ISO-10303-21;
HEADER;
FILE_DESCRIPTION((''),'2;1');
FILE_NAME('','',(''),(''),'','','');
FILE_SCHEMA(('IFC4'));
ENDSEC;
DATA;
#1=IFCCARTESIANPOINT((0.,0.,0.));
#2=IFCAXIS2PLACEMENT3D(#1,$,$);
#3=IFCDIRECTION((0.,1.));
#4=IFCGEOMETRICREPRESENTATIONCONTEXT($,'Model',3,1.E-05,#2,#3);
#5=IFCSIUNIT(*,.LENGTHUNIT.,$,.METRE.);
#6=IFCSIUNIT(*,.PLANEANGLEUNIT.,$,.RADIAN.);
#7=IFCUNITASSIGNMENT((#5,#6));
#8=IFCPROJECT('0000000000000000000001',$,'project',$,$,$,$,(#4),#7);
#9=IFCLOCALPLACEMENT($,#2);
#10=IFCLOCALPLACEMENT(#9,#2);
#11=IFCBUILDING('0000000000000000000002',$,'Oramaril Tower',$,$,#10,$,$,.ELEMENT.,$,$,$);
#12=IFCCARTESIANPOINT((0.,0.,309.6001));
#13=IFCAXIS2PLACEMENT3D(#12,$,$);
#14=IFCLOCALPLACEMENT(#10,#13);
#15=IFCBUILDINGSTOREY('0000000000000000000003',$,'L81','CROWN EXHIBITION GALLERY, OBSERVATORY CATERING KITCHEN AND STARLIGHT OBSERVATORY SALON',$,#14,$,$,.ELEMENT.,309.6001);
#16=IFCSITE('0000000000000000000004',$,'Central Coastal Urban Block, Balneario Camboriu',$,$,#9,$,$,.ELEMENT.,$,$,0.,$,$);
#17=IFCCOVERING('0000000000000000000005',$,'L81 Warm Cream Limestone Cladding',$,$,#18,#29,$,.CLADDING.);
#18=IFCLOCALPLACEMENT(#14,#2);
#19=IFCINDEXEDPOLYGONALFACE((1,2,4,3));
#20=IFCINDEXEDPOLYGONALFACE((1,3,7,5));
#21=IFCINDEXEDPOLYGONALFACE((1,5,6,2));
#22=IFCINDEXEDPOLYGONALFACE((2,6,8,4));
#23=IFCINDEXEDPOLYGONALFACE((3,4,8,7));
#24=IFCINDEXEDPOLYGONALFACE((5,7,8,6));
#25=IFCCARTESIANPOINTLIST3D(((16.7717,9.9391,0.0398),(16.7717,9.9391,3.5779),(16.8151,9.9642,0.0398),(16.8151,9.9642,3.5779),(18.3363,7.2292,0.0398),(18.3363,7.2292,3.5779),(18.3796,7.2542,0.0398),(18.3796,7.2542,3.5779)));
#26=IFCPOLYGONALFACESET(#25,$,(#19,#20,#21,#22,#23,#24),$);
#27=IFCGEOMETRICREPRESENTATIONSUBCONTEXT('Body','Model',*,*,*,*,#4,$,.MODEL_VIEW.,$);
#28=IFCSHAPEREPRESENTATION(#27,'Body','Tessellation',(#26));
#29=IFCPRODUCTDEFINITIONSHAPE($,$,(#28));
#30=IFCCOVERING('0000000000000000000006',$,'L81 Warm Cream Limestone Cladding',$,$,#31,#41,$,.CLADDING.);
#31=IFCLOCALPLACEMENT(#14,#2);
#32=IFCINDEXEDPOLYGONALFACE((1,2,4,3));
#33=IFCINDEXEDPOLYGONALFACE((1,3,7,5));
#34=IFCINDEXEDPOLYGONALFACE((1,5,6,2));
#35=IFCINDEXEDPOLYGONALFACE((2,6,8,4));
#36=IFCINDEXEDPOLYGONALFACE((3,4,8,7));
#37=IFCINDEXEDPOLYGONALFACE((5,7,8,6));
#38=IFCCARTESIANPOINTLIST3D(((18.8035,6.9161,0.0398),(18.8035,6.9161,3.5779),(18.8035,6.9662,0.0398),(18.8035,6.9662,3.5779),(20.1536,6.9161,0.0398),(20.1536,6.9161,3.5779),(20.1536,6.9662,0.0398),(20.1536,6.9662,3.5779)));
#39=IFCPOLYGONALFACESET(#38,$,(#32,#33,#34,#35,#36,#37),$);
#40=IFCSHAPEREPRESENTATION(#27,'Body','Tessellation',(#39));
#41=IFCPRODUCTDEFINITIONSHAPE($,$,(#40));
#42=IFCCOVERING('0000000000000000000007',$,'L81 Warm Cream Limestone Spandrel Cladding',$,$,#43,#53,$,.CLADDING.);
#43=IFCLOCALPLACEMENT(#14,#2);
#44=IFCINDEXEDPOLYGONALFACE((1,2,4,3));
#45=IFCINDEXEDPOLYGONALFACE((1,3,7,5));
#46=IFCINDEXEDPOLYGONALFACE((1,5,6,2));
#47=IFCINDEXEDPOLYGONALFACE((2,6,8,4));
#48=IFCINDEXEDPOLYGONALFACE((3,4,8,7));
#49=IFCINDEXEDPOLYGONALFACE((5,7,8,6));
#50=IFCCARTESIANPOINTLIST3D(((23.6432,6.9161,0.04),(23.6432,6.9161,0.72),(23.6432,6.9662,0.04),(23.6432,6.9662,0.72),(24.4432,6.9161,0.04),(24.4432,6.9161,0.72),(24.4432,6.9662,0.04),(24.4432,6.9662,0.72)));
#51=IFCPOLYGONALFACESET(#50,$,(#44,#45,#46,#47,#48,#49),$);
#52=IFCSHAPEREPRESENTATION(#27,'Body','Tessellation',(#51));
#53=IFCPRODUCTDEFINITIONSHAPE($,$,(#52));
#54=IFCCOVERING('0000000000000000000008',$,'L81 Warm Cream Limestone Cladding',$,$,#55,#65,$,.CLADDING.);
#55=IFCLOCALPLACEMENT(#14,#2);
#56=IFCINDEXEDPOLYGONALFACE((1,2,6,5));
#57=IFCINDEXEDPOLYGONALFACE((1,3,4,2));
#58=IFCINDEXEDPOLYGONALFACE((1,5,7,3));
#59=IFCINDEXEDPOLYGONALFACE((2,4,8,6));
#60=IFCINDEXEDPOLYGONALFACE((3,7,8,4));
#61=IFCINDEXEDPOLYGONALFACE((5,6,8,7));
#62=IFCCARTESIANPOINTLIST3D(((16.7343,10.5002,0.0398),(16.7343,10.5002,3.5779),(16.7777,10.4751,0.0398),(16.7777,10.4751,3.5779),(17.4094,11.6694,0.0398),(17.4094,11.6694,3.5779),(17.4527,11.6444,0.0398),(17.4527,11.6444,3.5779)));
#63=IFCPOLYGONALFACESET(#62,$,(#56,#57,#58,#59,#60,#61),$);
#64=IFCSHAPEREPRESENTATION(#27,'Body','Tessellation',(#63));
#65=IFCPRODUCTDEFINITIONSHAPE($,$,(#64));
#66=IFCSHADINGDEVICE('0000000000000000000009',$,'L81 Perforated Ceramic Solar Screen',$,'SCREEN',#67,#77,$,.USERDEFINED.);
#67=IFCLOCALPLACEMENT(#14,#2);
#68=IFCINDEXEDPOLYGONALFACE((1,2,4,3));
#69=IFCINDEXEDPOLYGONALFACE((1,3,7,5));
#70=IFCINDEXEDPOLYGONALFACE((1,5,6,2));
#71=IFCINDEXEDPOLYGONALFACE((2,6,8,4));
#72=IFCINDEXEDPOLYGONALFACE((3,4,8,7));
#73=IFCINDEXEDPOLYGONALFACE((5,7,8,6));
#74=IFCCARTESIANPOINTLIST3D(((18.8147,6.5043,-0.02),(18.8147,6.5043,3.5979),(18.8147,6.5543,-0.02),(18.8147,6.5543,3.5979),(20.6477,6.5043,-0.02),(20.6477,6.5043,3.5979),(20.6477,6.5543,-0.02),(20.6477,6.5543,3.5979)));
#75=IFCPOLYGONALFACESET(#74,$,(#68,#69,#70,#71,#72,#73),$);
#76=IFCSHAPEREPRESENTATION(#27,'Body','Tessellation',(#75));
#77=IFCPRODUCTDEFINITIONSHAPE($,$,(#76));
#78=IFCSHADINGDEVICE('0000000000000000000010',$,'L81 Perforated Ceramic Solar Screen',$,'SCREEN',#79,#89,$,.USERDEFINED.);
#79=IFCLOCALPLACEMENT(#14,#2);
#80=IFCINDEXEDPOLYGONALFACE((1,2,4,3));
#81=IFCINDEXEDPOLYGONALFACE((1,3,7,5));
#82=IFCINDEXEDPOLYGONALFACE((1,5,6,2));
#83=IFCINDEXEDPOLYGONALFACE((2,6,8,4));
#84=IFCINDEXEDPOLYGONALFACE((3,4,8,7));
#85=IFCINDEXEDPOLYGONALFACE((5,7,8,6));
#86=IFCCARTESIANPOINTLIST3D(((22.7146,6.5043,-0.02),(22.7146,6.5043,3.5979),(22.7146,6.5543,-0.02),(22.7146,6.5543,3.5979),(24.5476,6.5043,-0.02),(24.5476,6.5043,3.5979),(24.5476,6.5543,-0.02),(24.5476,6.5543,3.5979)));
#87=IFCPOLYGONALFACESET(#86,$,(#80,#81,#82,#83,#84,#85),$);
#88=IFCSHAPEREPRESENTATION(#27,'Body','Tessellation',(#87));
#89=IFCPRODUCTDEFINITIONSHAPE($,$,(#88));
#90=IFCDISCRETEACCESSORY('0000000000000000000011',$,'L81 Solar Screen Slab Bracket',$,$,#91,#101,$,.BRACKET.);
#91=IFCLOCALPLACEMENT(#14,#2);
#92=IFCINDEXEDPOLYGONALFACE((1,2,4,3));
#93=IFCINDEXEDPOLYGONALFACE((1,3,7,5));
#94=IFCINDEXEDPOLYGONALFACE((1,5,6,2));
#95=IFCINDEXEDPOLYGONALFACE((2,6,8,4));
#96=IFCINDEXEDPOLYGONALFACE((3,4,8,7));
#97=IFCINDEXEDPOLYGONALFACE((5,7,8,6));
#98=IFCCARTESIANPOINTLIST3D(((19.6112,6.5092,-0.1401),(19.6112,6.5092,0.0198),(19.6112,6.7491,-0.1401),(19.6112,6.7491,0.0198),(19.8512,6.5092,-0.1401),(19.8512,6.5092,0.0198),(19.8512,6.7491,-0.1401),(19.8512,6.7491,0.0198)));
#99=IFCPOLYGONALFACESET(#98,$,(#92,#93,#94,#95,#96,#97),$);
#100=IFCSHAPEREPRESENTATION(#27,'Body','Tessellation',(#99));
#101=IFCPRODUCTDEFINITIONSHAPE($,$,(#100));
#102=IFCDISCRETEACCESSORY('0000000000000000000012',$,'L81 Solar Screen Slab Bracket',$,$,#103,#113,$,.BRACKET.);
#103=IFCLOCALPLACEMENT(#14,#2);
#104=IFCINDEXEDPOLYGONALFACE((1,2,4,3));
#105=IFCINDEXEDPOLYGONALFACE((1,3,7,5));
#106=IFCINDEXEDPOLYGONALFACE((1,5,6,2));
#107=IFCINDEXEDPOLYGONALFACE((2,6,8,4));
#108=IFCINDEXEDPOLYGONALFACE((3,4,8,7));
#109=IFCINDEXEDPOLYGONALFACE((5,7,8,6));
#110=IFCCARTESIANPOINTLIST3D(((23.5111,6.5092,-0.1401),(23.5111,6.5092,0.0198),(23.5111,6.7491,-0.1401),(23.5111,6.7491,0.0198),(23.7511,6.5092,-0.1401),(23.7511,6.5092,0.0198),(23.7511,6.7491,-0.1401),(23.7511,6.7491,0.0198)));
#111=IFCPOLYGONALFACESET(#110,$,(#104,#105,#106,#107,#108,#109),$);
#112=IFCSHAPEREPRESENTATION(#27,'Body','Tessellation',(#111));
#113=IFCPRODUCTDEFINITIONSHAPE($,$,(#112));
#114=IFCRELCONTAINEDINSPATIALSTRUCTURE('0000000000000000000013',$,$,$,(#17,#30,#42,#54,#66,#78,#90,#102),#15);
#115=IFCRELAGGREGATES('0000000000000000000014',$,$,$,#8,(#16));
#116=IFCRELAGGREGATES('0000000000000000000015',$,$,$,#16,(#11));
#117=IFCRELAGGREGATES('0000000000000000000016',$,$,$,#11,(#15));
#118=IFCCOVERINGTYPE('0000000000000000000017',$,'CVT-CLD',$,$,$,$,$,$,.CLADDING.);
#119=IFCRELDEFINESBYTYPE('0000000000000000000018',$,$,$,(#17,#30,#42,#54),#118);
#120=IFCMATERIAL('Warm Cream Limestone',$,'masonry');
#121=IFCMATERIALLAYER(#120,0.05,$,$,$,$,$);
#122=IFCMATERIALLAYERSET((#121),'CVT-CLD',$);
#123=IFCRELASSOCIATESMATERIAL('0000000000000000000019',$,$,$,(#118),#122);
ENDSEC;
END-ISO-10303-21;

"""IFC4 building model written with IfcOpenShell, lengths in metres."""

from ifc_helpers import new_model, si_unit, direction, frame, origin, origin_2d, place, context, subcontext, project, spatial, rectangle, extrude, material, layer, layer_set, type_object, element, save


model = new_model("IFC4")

# Units and contexts
model_context = context("Model", 3, precision=1e-05, world=origin(), true_north=direction((0.0, 1.0)))
body_context = subcontext(model_context, "Body", "Model", "MODEL_VIEW")
ifc_project = project(units=[si_unit("LENGTHUNIT", "METRE"), si_unit("PLANEANGLEUNIT", "RADIAN")], contexts=[model_context])

# Site, building, storey
site_placement = place(None, origin())
site = spatial("IfcSite", under=ifc_project, at=site_placement, Name="Central Coastal Urban Block, Balneario Camboriu", CompositionType="ELEMENT", RefElevation=0.0)
building_placement = place(site_placement, origin())
building = spatial("IfcBuilding", under=site, at=building_placement, Name="Oramaril Tower", CompositionType="ELEMENT")
storey_placement = place(building_placement, frame((0.0, 0.0, 309.6001)))
storey = spatial("IfcBuildingStorey", under=building, at=storey_placement, Name="L81", Description="CROWN EXHIBITION GALLERY, OBSERVATORY CATERING KITCHEN AND STARLIGHT OBSERVATORY SALON", CompositionType="ELEMENT", Elevation=309.6001)

# Coverings
ifc_material_1 = material(Name="Warm Cream Limestone", Category="masonry")
ifc_layer_1 = layer(ifc_material_1, 0.05)
ifc_layer_set_1 = layer_set([ifc_layer_1], Name="CVT-CLD")
covering_type = type_object("IfcCoveringType", Name="CVT-CLD", PredefinedType="CLADDING", material=ifc_layer_set_1)
covering_1_placement = place(storey_placement, frame((17.5757, 8.5967, 0.0398), z_axis=(0.0, 0.0, 1.0), x_axis=(0.499989, -0.866032, 0.0)))
element("IfcCovering", 1, at=covering_1_placement, inside=storey, type_object=covering_type, Name="L81 Warm Cream Limestone Cladding", PredefinedType="CLADDING", context=body_context, shape_type="SweptSolid", body=[
    extrude(rectangle(XDim=3.1292, YDim=0.05, at=origin_2d()), origin(), (0.0, 0.0, 1.0), 3.5381),
])
covering_2_placement = place(storey_placement, frame((19.4785, 6.9412, 0.0398), z_axis=(0.0, 0.0, 1.0), x_axis=(1.0, 0.0, 0.0)))
element("IfcCovering", 2, at=covering_2_placement, inside=storey, type_object=covering_type, Name="L81 Warm Cream Limestone Cladding", PredefinedType="CLADDING", context=body_context, shape_type="SweptSolid", body=[
    extrude(rectangle(XDim=1.3501, YDim=0.05, at=origin_2d()), origin(), (0.0, 0.0, 1.0), 3.5381),
])
covering_3_placement = place(storey_placement, frame((24.0432, 6.9412, 0.04), z_axis=(0.0, 0.0, 1.0), x_axis=(1.0, 0.0, 0.0)))
element("IfcCovering", 3, at=covering_3_placement, inside=storey, type_object=covering_type, Name="L81 Warm Cream Limestone Spandrel Cladding", PredefinedType="CLADDING", context=body_context, shape_type="SweptSolid", body=[
    extrude(rectangle(XDim=0.8, YDim=0.05, at=origin_2d()), origin(), (0.0, 0.0, 1.0), 0.6799),
])
covering_4_placement = place(storey_placement, frame((17.0935, 11.0723, 0.0398), z_axis=(0.0, 0.0, 1.0), x_axis=(-0.5, -0.866025, 0.0)))
element("IfcCovering", 4, at=covering_4_placement, inside=storey, type_object=covering_type, Name="L81 Warm Cream Limestone Cladding", PredefinedType="CLADDING", context=body_context, shape_type="SweptSolid", body=[
    extrude(rectangle(XDim=1.3501, YDim=0.05, at=origin_2d()), origin(), (0.0, 0.0, 1.0), 3.5381),
])

# Shading devices
for number, where, z_axis, x_axis, name in (
    (5, (19.7312, 6.5293, -0.02), (0.0, 0.0, 1.0), (1.0, 0.0, 0.0), "L81 Perforated Ceramic Solar Screen"),
    (6, (23.6311, 6.5293, -0.02), (0.0, 0.0, 1.0), (1.0, 0.0, 0.0), "L81 Perforated Ceramic Solar Screen"),
):
    element("IfcShadingDevice", number, at=place(storey_placement, frame(where, z_axis=z_axis, x_axis=x_axis)), inside=storey, Name=name, ObjectType="SCREEN", PredefinedType="USERDEFINED", context=body_context, shape_type="SweptSolid", body=[
        extrude(rectangle(XDim=1.833, YDim=0.05, at=origin_2d()), origin(), (0.0, 0.0, 1.0), 3.6179),
    ])

# Discrete accessories
for number, where, z_axis, x_axis, name in (
    (7, (19.7312, 6.6292, -0.1401), (0.0, 0.0, 1.0), (1.0, 0.0, 0.0), "L81 Solar Screen Slab Bracket"),
    (8, (23.6311, 6.6292, -0.1401), (0.0, 0.0, 1.0), (1.0, 0.0, 0.0), "L81 Solar Screen Slab Bracket"),
):
    element("IfcDiscreteAccessory", number, at=place(storey_placement, frame(where, z_axis=z_axis, x_axis=x_axis)), inside=storey, Name=name, PredefinedType="BRACKET", context=body_context, shape_type="SweptSolid", body=[
        extrude(rectangle(XDim=0.24, YDim=0.24, at=origin_2d()), origin(), (0.0, 0.0, 1.0), 0.1599),
    ])

save(model, "model.ifc")
